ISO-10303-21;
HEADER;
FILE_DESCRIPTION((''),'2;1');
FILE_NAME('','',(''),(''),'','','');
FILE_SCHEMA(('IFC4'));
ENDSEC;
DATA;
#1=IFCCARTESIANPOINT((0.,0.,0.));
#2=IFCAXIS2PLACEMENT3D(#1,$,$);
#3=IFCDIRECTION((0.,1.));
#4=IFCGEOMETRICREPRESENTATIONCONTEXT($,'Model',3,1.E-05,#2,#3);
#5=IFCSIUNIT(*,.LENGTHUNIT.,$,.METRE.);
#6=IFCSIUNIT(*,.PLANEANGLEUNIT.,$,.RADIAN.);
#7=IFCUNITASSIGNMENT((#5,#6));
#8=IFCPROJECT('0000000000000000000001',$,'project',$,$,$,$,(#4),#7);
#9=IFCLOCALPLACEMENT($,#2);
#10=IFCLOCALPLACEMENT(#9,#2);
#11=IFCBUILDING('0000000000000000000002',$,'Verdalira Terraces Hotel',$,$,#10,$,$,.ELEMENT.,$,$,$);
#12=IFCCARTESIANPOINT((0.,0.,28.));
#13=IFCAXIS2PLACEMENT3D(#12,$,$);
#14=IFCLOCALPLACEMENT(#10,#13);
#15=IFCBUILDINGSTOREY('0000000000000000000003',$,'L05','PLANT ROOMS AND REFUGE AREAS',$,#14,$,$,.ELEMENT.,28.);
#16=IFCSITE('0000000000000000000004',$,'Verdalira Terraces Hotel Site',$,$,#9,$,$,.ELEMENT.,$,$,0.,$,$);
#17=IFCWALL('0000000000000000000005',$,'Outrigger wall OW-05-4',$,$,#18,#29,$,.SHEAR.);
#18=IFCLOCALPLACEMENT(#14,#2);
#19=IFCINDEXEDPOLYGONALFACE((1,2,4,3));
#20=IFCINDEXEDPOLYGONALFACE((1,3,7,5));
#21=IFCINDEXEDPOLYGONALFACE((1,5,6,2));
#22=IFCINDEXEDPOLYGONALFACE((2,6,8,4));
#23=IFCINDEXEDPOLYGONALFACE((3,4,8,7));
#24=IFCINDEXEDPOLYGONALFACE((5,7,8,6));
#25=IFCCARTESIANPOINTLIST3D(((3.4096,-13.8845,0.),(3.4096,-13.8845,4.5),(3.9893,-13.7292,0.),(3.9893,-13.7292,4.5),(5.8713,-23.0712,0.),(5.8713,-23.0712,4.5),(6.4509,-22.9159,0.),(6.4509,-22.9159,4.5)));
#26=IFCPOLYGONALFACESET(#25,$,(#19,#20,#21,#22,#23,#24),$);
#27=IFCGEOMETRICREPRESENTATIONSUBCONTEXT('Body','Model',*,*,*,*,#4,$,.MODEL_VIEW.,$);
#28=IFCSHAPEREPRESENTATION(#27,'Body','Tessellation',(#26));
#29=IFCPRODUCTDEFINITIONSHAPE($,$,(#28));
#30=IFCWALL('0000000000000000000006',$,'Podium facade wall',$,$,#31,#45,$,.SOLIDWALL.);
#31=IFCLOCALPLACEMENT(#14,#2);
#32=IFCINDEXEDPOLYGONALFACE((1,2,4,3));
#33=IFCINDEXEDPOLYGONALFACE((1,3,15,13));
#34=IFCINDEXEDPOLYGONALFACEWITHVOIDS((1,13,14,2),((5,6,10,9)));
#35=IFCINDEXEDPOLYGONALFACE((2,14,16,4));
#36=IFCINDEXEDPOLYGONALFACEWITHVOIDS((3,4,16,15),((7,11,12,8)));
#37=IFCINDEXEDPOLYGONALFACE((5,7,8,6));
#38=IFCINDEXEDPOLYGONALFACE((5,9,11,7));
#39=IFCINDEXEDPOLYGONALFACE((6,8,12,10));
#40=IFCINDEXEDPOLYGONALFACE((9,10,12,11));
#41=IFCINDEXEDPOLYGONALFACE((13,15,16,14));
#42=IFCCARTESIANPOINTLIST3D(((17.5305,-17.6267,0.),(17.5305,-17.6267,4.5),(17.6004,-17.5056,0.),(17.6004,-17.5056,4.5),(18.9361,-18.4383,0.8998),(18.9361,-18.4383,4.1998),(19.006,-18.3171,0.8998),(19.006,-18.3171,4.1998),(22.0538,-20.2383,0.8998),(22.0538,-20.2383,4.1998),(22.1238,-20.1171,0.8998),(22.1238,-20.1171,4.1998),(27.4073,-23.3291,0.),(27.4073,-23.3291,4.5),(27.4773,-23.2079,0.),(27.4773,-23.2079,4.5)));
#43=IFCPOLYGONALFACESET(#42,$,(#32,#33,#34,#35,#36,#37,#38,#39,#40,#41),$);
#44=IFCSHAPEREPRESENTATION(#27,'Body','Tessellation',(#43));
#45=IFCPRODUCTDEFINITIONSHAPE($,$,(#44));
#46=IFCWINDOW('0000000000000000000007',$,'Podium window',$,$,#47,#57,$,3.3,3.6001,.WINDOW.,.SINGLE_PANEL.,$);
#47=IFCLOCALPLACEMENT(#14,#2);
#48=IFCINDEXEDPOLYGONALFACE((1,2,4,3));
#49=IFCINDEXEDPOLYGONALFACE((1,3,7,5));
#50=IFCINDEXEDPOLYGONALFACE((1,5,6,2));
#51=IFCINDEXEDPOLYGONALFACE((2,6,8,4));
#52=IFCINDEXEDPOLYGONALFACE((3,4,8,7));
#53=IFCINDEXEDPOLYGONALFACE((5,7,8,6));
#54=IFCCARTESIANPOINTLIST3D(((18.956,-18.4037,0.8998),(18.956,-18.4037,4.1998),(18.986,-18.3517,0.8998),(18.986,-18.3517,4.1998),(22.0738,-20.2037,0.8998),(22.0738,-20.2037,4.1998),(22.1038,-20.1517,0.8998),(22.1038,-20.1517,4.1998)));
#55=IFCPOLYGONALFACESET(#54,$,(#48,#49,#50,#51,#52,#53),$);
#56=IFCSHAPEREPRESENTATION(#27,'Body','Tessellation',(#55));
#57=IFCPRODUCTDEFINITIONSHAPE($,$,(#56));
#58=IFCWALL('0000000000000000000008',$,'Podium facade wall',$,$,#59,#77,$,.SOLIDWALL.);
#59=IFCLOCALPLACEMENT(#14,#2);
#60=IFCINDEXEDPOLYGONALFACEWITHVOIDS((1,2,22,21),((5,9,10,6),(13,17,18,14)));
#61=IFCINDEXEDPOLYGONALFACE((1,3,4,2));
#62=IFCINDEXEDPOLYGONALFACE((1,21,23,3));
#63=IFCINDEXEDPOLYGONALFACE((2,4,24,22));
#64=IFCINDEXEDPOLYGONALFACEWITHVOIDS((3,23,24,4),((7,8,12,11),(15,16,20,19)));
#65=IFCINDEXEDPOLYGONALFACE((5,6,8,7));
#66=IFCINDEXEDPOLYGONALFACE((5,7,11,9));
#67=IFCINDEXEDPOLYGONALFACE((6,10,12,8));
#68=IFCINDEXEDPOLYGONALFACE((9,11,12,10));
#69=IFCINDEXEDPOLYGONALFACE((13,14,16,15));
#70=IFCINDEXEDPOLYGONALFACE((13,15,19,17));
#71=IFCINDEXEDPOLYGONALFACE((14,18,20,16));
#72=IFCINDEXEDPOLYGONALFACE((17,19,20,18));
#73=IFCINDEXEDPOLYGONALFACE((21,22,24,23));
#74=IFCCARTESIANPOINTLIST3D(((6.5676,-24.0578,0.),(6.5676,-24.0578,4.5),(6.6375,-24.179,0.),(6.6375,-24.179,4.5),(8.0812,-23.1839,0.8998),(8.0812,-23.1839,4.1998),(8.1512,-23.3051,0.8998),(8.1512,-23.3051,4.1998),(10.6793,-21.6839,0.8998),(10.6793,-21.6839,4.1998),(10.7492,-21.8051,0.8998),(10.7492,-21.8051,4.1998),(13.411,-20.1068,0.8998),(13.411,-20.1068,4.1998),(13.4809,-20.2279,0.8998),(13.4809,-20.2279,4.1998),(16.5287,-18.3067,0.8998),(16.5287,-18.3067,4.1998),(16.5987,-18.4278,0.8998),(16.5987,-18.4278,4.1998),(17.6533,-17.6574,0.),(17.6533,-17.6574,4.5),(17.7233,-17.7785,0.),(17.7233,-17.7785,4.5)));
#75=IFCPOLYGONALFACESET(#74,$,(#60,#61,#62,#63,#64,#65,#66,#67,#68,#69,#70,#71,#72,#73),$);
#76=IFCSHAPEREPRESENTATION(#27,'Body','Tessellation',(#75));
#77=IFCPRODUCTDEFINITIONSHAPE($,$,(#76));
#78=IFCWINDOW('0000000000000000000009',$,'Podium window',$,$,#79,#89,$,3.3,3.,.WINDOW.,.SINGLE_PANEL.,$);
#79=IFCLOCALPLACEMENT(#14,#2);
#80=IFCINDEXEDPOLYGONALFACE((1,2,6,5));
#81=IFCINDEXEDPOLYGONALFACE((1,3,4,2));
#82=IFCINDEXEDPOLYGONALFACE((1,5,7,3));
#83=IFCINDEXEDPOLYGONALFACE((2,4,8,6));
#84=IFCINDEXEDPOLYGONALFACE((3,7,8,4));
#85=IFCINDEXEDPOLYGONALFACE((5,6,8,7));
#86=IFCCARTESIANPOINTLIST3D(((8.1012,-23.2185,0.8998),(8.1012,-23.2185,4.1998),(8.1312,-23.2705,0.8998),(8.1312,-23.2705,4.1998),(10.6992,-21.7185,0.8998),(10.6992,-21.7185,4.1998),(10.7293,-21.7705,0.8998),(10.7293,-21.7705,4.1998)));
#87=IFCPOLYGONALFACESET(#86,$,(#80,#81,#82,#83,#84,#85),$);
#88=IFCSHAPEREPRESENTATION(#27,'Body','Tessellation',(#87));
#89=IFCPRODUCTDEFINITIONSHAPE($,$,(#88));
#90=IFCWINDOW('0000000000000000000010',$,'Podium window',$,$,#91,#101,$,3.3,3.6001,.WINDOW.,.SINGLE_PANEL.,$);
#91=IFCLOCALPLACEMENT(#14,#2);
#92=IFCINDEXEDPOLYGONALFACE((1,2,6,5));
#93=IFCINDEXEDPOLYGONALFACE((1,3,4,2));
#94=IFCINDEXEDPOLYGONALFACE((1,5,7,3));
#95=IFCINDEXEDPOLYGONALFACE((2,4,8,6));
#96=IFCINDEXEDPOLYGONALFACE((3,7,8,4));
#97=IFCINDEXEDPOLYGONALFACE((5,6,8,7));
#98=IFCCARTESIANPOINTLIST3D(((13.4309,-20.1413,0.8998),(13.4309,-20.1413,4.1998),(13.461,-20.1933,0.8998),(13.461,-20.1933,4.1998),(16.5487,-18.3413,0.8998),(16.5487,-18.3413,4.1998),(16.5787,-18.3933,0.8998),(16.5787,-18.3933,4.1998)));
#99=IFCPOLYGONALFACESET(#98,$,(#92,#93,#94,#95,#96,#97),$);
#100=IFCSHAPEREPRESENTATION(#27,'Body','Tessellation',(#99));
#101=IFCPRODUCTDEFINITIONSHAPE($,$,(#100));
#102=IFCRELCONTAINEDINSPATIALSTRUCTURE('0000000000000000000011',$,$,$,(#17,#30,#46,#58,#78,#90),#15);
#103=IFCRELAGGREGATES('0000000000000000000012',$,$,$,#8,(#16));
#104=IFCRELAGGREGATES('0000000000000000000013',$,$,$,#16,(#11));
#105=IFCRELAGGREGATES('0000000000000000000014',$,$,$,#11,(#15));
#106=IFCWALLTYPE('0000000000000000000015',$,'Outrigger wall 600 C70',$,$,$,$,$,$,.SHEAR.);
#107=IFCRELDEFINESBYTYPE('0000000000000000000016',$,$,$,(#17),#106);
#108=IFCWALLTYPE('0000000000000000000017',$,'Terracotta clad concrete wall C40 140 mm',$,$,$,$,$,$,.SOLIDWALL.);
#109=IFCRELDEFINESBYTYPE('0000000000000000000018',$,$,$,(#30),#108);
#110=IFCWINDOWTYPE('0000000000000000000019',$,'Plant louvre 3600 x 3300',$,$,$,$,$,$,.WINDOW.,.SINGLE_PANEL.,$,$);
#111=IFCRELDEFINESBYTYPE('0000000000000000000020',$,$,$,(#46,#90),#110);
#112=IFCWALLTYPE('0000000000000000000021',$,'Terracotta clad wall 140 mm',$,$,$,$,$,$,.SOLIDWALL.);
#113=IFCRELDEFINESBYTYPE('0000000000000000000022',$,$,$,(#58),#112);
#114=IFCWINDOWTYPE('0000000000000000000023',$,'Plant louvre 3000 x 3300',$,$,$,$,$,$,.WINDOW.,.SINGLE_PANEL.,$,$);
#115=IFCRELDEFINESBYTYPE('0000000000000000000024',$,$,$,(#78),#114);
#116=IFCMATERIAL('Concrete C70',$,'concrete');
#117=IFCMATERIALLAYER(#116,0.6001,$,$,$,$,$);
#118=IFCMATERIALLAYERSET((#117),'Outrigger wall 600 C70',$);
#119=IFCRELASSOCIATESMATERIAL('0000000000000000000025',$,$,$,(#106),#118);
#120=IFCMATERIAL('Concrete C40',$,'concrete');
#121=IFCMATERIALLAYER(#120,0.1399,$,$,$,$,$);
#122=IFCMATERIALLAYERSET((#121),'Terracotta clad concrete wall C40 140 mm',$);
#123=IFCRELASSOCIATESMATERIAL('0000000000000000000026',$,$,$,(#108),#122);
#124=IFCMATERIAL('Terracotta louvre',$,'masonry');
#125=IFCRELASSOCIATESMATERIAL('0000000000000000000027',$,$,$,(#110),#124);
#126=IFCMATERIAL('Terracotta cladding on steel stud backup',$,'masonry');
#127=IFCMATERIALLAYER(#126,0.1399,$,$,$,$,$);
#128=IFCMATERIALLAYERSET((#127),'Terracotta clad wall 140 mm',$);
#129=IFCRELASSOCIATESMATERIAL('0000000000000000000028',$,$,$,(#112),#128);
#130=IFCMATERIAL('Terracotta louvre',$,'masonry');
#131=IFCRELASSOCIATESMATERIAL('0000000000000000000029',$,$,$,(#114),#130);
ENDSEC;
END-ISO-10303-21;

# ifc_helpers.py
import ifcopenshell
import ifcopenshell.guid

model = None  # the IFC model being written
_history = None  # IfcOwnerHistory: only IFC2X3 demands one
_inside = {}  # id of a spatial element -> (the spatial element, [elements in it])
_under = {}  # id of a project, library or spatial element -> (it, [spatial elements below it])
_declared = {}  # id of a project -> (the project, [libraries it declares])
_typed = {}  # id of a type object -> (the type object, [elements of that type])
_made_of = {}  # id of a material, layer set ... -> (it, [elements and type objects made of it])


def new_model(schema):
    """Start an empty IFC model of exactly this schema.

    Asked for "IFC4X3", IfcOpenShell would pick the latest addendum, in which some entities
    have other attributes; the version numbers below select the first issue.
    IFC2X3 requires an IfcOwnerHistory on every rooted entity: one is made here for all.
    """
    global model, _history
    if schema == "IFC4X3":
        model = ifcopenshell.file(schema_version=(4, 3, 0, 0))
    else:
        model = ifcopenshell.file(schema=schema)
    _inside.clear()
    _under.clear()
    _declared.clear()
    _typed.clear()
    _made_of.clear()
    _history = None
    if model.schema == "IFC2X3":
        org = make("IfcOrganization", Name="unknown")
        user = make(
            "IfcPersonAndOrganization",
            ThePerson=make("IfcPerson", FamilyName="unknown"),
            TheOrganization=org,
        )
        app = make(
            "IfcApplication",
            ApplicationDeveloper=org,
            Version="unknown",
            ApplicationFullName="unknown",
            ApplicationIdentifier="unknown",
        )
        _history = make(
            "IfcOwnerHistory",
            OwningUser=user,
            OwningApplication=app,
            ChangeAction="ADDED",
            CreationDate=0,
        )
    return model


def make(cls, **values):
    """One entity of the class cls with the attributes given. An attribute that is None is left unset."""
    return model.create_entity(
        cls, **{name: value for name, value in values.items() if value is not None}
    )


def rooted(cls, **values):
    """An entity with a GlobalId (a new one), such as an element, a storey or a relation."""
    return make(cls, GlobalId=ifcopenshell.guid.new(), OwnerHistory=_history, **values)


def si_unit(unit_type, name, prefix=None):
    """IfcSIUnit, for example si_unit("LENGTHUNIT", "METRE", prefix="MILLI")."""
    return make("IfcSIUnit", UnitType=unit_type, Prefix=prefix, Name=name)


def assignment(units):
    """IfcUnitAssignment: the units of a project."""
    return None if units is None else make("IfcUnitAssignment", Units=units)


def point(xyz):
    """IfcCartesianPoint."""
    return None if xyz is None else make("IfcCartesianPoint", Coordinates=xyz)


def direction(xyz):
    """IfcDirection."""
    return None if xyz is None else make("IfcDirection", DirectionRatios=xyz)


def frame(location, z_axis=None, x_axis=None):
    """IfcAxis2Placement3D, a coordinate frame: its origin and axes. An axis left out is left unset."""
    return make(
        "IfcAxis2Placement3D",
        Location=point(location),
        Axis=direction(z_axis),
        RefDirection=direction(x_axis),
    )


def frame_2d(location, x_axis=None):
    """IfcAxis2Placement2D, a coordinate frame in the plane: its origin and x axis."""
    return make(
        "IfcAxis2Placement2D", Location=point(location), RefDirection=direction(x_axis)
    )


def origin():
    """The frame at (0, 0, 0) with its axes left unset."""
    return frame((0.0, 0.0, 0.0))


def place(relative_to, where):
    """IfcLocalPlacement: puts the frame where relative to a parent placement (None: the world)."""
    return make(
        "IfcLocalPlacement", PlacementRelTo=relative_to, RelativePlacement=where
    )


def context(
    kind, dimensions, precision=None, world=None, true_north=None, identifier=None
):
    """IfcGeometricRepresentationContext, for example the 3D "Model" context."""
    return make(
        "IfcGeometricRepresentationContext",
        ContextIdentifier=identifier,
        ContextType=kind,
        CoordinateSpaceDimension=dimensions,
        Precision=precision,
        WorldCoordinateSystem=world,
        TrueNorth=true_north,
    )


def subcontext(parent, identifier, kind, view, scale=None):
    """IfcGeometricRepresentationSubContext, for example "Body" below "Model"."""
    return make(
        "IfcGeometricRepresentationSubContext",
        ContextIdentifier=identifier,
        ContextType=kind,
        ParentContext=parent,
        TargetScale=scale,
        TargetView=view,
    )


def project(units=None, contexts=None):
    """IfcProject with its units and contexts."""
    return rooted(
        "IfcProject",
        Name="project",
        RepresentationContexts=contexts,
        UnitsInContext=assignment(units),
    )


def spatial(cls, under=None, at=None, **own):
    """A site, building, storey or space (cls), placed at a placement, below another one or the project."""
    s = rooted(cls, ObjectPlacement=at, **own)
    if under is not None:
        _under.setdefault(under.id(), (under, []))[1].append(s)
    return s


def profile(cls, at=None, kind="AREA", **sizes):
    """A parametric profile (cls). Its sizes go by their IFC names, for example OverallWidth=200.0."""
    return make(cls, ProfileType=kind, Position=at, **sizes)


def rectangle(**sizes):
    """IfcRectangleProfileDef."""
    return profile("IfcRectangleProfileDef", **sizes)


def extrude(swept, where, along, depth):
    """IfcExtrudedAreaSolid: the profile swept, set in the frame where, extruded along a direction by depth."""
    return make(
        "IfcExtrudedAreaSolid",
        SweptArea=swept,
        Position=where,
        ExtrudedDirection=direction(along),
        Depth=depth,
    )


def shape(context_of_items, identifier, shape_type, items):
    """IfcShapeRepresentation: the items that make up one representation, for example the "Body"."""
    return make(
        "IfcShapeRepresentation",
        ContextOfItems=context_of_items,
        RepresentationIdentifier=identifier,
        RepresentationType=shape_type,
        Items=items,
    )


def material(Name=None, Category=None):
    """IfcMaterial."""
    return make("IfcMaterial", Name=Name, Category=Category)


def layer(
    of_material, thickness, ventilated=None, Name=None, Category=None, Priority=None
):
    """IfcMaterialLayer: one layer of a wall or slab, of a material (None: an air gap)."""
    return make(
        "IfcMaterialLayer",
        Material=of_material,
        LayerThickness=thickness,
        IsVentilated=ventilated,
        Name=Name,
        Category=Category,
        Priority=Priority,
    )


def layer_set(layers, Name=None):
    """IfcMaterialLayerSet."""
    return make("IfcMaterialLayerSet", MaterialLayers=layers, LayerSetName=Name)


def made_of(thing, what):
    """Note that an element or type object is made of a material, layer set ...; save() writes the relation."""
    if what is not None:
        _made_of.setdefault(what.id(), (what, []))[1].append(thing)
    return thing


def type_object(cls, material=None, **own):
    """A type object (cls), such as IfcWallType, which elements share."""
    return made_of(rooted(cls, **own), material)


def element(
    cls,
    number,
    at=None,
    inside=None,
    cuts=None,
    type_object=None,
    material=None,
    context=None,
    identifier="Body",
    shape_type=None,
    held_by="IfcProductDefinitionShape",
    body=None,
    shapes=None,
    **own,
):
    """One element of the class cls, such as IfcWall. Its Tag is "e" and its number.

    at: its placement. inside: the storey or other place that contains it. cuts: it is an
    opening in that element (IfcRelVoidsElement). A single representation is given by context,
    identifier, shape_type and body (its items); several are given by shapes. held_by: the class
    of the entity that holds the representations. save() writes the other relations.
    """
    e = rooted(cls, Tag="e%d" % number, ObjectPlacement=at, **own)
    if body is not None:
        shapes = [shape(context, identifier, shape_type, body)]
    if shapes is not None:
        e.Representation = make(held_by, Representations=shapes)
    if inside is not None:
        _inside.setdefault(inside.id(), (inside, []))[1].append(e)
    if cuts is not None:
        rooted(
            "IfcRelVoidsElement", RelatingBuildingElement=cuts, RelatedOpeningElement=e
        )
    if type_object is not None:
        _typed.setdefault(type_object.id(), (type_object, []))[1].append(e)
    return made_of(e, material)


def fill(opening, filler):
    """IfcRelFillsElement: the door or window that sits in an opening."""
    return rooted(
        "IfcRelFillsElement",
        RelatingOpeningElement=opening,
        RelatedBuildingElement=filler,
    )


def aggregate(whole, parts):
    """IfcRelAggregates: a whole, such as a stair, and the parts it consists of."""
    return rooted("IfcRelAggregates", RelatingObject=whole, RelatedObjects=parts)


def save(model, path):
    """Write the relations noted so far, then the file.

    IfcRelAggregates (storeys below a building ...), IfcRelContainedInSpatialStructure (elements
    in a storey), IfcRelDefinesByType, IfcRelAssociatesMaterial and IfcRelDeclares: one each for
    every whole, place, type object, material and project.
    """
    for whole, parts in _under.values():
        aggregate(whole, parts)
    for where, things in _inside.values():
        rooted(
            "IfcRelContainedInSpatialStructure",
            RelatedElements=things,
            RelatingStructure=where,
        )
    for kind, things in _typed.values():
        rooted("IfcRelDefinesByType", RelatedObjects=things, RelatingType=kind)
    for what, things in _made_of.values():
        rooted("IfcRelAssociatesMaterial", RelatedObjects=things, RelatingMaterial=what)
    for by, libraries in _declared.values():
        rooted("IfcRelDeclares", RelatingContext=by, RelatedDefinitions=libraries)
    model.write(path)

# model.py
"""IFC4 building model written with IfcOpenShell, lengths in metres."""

from ifc_helpers import new_model, si_unit, direction, frame, frame_2d, origin, place, context, subcontext, project, spatial, rectangle, extrude, material, layer, layer_set, type_object, element, fill, save


model = new_model("IFC4")

# Units and contexts
model_context = context("Model", 3, precision=1e-05, world=origin(), true_north=direction((0.0, 1.0)))
body_context = subcontext(model_context, "Body", "Model", "MODEL_VIEW")
ifc_project = project(units=[si_unit("LENGTHUNIT", "METRE"), si_unit("PLANEANGLEUNIT", "RADIAN")], contexts=[model_context])

# Site, building, storey
site_placement = place(None, origin())
site = spatial("IfcSite", under=ifc_project, at=site_placement, Name="Verdalira Terraces Hotel Site", CompositionType="ELEMENT", RefElevation=0.0)
building_placement = place(site_placement, origin())
building = spatial("IfcBuilding", under=site, at=building_placement, Name="Verdalira Terraces Hotel", CompositionType="ELEMENT")
storey_placement = place(building_placement, frame((0.0, 0.0, 28.0)))
storey = spatial("IfcBuildingStorey", under=building, at=storey_placement, Name="L05", Description="PLANT ROOMS AND REFUGE AREAS", CompositionType="ELEMENT", Elevation=28.0)

# Wall
ifc_material_1 = material(Name="Concrete C70", Category="concrete")
ifc_layer_1 = layer(ifc_material_1, 0.6001)
ifc_layer_set_1 = layer_set([ifc_layer_1], Name="Outrigger wall 600 C70")
wall_type_1 = type_object("IfcWallType", Name="Outrigger wall 600 C70", PredefinedType="SHEAR", material=ifc_layer_set_1)
wall_1_placement = place(storey_placement, frame((3.6995, -13.8069, 0.0), z_axis=(0.0, 0.0, 1.0), x_axis=(0.258827, -0.965924, 0.0)))
element("IfcWall", 1, at=wall_1_placement, inside=storey, type_object=wall_type_1, Name="Outrigger wall OW-05-4", PredefinedType="SHEAR", context=body_context, shape_type="SweptSolid", body=[
    extrude(rectangle(XDim=9.5107, YDim=0.6001, at=frame_2d((4.7554, 0.0))), origin(), (0.0, 0.0, 1.0), 4.5),
])

# Wall, opening, window
ifc_material_2 = material(Name="Concrete C40", Category="concrete")
ifc_layer_2 = layer(ifc_material_2, 0.1399)
ifc_layer_set_2 = layer_set([ifc_layer_2], Name="Terracotta clad concrete wall C40 140 mm")
wall_type_2 = type_object("IfcWallType", Name="Terracotta clad concrete wall C40 140 mm", PredefinedType="SOLIDWALL", material=ifc_layer_set_2)
wall_2_placement = place(storey_placement, frame((17.5654, -17.5662, 0.0), z_axis=(0.0, 0.0, 1.0), x_axis=(0.866028, -0.499995, 0.0)))
wall_2 = element("IfcWall", 2, at=wall_2_placement, inside=storey, type_object=wall_type_2, Name="Podium facade wall", PredefinedType="SOLIDWALL", context=body_context, shape_type="SweptSolid", body=[
    extrude(rectangle(XDim=11.4048, YDim=0.1399, at=frame_2d((5.7024, 0.0))), origin(), (0.0, 0.0, 1.0), 4.5),
])
opening_1_placement = place(wall_2_placement, frame((1.623, 0.0, 0.8999)))
opening_1 = element("IfcOpeningElement", 3, at=opening_1_placement, cuts=wall_2, PredefinedType="OPENING", context=body_context, shape_type="SweptSolid", body=[
    extrude(rectangle(XDim=3.6001, YDim=3.3, at=frame_2d((1.8, 1.6499))), frame((0.0, 0.0798, 0.0), z_axis=(0.0, -1.0, 0.0), x_axis=(1.0, 0.0, 0.0)), (0.0, 0.0, 1.0), 0.1599),
])
ifc_material_3 = material(Name="Terracotta louvre", Category="masonry")
window_type_1 = type_object("IfcWindowType", Name="Plant louvre 3600 x 3300", PartitioningType="SINGLE_PANEL", PredefinedType="WINDOW", material=ifc_material_3)
window_1_placement = place(opening_1_placement, origin())
window_1 = element("IfcWindow", 4, at=window_1_placement, inside=storey, type_object=window_type_1, Name="Podium window", OverallHeight=3.3, OverallWidth=3.6001, PartitioningType="SINGLE_PANEL", PredefinedType="WINDOW", context=body_context, shape_type="SweptSolid", body=[
    extrude(rectangle(XDim=3.6001, YDim=3.3, at=frame_2d((1.8, 1.6499))), frame((0.0, 0.03, 0.0), z_axis=(0.0, -1.0, 0.0), x_axis=(1.0, 0.0, 0.0)), (0.0, 0.0, 1.0), 0.0601),
])
fill(opening_1, window_1)

# Wall, openings, windows
ifc_material_4 = material(Name="Terracotta cladding on steel stud backup", Category="masonry")
ifc_layer_3 = layer(ifc_material_4, 0.1399)
ifc_layer_set_3 = layer_set([ifc_layer_3], Name="Terracotta clad wall 140 mm")
wall_type_3 = type_object("IfcWallType", Name="Terracotta clad wall 140 mm", PredefinedType="SOLIDWALL", material=ifc_layer_set_3)
wall_3_placement = place(storey_placement, frame((6.6025, -24.1184, 0.0), z_axis=(0.0, 0.0, 1.0), x_axis=(0.866023, 0.500004, 0.0)))
wall_3 = element("IfcWall", 5, at=wall_3_placement, inside=storey, type_object=wall_type_3, Name="Podium facade wall", PredefinedType="SOLIDWALL", context=body_context, shape_type="SweptSolid", body=[
    extrude(rectangle(XDim=12.8008, YDim=0.1399, at=frame_2d((6.4004, 0.0))), origin(), (0.0, 0.0, 1.0), 4.5),
])
opening_2_placement = place(wall_3_placement, frame((1.7478, 0.0, 0.8999)))
opening_2 = element("IfcOpeningElement", 6, at=opening_2_placement, cuts=wall_3, PredefinedType="OPENING", context=body_context, shape_type="SweptSolid", body=[
    extrude(rectangle(XDim=3.0, YDim=3.3, at=frame_2d((1.5, 1.6499))), frame((0.0, 0.0798, 0.0), z_axis=(0.0, -1.0, 0.0), x_axis=(1.0, 0.0, 0.0)), (0.0, 0.0, 1.0), 0.1599),
])
opening_3_placement = place(wall_3_placement, frame((7.9021, 0.0, 0.8999)))
opening_3 = element("IfcOpeningElement", 7, at=opening_3_placement, cuts=wall_3, PredefinedType="OPENING", context=body_context, shape_type="SweptSolid", body=[
    extrude(rectangle(XDim=3.6001, YDim=3.3, at=frame_2d((1.8, 1.6499))), frame((0.0, 0.0798, 0.0), z_axis=(0.0, -1.0, 0.0), x_axis=(1.0, 0.0, 0.0)), (0.0, 0.0, 1.0), 0.1599),
])
ifc_material_5 = material(Name="Terracotta louvre", Category="masonry")
window_type_2 = type_object("IfcWindowType", Name="Plant louvre 3000 x 3300", PartitioningType="SINGLE_PANEL", PredefinedType="WINDOW", material=ifc_material_5)
window_2_placement = place(opening_2_placement, origin())
window_2 = element("IfcWindow", 8, at=window_2_placement, inside=storey, type_object=window_type_2, Name="Podium window", OverallHeight=3.3, OverallWidth=3.0, PartitioningType="SINGLE_PANEL", PredefinedType="WINDOW", context=body_context, shape_type="SweptSolid", body=[
    extrude(rectangle(XDim=3.0, YDim=3.3, at=frame_2d((1.5, 1.6499))), frame((0.0, 0.03, 0.0), z_axis=(0.0, -1.0, 0.0), x_axis=(1.0, 0.0, 0.0)), (0.0, 0.0, 1.0), 0.0601),
])
fill(opening_2, window_2)
window_3_placement = place(opening_3_placement, origin())
window_3 = element("IfcWindow", 9, at=window_3_placement, inside=storey, type_object=window_type_1, Name="Podium window", OverallHeight=3.3, OverallWidth=3.6001, PartitioningType="SINGLE_PANEL", PredefinedType="WINDOW", context=body_context, shape_type="SweptSolid", body=[
    extrude(rectangle(XDim=3.6001, YDim=3.3, at=frame_2d((1.8, 1.6499))), frame((0.0, 0.03, 0.0), z_axis=(0.0, -1.0, 0.0), x_axis=(1.0, 0.0, 0.0)), (0.0, 0.0, 1.0), 0.0601),
])
fill(opening_3, window_3)

save(model, "model.ifc")
